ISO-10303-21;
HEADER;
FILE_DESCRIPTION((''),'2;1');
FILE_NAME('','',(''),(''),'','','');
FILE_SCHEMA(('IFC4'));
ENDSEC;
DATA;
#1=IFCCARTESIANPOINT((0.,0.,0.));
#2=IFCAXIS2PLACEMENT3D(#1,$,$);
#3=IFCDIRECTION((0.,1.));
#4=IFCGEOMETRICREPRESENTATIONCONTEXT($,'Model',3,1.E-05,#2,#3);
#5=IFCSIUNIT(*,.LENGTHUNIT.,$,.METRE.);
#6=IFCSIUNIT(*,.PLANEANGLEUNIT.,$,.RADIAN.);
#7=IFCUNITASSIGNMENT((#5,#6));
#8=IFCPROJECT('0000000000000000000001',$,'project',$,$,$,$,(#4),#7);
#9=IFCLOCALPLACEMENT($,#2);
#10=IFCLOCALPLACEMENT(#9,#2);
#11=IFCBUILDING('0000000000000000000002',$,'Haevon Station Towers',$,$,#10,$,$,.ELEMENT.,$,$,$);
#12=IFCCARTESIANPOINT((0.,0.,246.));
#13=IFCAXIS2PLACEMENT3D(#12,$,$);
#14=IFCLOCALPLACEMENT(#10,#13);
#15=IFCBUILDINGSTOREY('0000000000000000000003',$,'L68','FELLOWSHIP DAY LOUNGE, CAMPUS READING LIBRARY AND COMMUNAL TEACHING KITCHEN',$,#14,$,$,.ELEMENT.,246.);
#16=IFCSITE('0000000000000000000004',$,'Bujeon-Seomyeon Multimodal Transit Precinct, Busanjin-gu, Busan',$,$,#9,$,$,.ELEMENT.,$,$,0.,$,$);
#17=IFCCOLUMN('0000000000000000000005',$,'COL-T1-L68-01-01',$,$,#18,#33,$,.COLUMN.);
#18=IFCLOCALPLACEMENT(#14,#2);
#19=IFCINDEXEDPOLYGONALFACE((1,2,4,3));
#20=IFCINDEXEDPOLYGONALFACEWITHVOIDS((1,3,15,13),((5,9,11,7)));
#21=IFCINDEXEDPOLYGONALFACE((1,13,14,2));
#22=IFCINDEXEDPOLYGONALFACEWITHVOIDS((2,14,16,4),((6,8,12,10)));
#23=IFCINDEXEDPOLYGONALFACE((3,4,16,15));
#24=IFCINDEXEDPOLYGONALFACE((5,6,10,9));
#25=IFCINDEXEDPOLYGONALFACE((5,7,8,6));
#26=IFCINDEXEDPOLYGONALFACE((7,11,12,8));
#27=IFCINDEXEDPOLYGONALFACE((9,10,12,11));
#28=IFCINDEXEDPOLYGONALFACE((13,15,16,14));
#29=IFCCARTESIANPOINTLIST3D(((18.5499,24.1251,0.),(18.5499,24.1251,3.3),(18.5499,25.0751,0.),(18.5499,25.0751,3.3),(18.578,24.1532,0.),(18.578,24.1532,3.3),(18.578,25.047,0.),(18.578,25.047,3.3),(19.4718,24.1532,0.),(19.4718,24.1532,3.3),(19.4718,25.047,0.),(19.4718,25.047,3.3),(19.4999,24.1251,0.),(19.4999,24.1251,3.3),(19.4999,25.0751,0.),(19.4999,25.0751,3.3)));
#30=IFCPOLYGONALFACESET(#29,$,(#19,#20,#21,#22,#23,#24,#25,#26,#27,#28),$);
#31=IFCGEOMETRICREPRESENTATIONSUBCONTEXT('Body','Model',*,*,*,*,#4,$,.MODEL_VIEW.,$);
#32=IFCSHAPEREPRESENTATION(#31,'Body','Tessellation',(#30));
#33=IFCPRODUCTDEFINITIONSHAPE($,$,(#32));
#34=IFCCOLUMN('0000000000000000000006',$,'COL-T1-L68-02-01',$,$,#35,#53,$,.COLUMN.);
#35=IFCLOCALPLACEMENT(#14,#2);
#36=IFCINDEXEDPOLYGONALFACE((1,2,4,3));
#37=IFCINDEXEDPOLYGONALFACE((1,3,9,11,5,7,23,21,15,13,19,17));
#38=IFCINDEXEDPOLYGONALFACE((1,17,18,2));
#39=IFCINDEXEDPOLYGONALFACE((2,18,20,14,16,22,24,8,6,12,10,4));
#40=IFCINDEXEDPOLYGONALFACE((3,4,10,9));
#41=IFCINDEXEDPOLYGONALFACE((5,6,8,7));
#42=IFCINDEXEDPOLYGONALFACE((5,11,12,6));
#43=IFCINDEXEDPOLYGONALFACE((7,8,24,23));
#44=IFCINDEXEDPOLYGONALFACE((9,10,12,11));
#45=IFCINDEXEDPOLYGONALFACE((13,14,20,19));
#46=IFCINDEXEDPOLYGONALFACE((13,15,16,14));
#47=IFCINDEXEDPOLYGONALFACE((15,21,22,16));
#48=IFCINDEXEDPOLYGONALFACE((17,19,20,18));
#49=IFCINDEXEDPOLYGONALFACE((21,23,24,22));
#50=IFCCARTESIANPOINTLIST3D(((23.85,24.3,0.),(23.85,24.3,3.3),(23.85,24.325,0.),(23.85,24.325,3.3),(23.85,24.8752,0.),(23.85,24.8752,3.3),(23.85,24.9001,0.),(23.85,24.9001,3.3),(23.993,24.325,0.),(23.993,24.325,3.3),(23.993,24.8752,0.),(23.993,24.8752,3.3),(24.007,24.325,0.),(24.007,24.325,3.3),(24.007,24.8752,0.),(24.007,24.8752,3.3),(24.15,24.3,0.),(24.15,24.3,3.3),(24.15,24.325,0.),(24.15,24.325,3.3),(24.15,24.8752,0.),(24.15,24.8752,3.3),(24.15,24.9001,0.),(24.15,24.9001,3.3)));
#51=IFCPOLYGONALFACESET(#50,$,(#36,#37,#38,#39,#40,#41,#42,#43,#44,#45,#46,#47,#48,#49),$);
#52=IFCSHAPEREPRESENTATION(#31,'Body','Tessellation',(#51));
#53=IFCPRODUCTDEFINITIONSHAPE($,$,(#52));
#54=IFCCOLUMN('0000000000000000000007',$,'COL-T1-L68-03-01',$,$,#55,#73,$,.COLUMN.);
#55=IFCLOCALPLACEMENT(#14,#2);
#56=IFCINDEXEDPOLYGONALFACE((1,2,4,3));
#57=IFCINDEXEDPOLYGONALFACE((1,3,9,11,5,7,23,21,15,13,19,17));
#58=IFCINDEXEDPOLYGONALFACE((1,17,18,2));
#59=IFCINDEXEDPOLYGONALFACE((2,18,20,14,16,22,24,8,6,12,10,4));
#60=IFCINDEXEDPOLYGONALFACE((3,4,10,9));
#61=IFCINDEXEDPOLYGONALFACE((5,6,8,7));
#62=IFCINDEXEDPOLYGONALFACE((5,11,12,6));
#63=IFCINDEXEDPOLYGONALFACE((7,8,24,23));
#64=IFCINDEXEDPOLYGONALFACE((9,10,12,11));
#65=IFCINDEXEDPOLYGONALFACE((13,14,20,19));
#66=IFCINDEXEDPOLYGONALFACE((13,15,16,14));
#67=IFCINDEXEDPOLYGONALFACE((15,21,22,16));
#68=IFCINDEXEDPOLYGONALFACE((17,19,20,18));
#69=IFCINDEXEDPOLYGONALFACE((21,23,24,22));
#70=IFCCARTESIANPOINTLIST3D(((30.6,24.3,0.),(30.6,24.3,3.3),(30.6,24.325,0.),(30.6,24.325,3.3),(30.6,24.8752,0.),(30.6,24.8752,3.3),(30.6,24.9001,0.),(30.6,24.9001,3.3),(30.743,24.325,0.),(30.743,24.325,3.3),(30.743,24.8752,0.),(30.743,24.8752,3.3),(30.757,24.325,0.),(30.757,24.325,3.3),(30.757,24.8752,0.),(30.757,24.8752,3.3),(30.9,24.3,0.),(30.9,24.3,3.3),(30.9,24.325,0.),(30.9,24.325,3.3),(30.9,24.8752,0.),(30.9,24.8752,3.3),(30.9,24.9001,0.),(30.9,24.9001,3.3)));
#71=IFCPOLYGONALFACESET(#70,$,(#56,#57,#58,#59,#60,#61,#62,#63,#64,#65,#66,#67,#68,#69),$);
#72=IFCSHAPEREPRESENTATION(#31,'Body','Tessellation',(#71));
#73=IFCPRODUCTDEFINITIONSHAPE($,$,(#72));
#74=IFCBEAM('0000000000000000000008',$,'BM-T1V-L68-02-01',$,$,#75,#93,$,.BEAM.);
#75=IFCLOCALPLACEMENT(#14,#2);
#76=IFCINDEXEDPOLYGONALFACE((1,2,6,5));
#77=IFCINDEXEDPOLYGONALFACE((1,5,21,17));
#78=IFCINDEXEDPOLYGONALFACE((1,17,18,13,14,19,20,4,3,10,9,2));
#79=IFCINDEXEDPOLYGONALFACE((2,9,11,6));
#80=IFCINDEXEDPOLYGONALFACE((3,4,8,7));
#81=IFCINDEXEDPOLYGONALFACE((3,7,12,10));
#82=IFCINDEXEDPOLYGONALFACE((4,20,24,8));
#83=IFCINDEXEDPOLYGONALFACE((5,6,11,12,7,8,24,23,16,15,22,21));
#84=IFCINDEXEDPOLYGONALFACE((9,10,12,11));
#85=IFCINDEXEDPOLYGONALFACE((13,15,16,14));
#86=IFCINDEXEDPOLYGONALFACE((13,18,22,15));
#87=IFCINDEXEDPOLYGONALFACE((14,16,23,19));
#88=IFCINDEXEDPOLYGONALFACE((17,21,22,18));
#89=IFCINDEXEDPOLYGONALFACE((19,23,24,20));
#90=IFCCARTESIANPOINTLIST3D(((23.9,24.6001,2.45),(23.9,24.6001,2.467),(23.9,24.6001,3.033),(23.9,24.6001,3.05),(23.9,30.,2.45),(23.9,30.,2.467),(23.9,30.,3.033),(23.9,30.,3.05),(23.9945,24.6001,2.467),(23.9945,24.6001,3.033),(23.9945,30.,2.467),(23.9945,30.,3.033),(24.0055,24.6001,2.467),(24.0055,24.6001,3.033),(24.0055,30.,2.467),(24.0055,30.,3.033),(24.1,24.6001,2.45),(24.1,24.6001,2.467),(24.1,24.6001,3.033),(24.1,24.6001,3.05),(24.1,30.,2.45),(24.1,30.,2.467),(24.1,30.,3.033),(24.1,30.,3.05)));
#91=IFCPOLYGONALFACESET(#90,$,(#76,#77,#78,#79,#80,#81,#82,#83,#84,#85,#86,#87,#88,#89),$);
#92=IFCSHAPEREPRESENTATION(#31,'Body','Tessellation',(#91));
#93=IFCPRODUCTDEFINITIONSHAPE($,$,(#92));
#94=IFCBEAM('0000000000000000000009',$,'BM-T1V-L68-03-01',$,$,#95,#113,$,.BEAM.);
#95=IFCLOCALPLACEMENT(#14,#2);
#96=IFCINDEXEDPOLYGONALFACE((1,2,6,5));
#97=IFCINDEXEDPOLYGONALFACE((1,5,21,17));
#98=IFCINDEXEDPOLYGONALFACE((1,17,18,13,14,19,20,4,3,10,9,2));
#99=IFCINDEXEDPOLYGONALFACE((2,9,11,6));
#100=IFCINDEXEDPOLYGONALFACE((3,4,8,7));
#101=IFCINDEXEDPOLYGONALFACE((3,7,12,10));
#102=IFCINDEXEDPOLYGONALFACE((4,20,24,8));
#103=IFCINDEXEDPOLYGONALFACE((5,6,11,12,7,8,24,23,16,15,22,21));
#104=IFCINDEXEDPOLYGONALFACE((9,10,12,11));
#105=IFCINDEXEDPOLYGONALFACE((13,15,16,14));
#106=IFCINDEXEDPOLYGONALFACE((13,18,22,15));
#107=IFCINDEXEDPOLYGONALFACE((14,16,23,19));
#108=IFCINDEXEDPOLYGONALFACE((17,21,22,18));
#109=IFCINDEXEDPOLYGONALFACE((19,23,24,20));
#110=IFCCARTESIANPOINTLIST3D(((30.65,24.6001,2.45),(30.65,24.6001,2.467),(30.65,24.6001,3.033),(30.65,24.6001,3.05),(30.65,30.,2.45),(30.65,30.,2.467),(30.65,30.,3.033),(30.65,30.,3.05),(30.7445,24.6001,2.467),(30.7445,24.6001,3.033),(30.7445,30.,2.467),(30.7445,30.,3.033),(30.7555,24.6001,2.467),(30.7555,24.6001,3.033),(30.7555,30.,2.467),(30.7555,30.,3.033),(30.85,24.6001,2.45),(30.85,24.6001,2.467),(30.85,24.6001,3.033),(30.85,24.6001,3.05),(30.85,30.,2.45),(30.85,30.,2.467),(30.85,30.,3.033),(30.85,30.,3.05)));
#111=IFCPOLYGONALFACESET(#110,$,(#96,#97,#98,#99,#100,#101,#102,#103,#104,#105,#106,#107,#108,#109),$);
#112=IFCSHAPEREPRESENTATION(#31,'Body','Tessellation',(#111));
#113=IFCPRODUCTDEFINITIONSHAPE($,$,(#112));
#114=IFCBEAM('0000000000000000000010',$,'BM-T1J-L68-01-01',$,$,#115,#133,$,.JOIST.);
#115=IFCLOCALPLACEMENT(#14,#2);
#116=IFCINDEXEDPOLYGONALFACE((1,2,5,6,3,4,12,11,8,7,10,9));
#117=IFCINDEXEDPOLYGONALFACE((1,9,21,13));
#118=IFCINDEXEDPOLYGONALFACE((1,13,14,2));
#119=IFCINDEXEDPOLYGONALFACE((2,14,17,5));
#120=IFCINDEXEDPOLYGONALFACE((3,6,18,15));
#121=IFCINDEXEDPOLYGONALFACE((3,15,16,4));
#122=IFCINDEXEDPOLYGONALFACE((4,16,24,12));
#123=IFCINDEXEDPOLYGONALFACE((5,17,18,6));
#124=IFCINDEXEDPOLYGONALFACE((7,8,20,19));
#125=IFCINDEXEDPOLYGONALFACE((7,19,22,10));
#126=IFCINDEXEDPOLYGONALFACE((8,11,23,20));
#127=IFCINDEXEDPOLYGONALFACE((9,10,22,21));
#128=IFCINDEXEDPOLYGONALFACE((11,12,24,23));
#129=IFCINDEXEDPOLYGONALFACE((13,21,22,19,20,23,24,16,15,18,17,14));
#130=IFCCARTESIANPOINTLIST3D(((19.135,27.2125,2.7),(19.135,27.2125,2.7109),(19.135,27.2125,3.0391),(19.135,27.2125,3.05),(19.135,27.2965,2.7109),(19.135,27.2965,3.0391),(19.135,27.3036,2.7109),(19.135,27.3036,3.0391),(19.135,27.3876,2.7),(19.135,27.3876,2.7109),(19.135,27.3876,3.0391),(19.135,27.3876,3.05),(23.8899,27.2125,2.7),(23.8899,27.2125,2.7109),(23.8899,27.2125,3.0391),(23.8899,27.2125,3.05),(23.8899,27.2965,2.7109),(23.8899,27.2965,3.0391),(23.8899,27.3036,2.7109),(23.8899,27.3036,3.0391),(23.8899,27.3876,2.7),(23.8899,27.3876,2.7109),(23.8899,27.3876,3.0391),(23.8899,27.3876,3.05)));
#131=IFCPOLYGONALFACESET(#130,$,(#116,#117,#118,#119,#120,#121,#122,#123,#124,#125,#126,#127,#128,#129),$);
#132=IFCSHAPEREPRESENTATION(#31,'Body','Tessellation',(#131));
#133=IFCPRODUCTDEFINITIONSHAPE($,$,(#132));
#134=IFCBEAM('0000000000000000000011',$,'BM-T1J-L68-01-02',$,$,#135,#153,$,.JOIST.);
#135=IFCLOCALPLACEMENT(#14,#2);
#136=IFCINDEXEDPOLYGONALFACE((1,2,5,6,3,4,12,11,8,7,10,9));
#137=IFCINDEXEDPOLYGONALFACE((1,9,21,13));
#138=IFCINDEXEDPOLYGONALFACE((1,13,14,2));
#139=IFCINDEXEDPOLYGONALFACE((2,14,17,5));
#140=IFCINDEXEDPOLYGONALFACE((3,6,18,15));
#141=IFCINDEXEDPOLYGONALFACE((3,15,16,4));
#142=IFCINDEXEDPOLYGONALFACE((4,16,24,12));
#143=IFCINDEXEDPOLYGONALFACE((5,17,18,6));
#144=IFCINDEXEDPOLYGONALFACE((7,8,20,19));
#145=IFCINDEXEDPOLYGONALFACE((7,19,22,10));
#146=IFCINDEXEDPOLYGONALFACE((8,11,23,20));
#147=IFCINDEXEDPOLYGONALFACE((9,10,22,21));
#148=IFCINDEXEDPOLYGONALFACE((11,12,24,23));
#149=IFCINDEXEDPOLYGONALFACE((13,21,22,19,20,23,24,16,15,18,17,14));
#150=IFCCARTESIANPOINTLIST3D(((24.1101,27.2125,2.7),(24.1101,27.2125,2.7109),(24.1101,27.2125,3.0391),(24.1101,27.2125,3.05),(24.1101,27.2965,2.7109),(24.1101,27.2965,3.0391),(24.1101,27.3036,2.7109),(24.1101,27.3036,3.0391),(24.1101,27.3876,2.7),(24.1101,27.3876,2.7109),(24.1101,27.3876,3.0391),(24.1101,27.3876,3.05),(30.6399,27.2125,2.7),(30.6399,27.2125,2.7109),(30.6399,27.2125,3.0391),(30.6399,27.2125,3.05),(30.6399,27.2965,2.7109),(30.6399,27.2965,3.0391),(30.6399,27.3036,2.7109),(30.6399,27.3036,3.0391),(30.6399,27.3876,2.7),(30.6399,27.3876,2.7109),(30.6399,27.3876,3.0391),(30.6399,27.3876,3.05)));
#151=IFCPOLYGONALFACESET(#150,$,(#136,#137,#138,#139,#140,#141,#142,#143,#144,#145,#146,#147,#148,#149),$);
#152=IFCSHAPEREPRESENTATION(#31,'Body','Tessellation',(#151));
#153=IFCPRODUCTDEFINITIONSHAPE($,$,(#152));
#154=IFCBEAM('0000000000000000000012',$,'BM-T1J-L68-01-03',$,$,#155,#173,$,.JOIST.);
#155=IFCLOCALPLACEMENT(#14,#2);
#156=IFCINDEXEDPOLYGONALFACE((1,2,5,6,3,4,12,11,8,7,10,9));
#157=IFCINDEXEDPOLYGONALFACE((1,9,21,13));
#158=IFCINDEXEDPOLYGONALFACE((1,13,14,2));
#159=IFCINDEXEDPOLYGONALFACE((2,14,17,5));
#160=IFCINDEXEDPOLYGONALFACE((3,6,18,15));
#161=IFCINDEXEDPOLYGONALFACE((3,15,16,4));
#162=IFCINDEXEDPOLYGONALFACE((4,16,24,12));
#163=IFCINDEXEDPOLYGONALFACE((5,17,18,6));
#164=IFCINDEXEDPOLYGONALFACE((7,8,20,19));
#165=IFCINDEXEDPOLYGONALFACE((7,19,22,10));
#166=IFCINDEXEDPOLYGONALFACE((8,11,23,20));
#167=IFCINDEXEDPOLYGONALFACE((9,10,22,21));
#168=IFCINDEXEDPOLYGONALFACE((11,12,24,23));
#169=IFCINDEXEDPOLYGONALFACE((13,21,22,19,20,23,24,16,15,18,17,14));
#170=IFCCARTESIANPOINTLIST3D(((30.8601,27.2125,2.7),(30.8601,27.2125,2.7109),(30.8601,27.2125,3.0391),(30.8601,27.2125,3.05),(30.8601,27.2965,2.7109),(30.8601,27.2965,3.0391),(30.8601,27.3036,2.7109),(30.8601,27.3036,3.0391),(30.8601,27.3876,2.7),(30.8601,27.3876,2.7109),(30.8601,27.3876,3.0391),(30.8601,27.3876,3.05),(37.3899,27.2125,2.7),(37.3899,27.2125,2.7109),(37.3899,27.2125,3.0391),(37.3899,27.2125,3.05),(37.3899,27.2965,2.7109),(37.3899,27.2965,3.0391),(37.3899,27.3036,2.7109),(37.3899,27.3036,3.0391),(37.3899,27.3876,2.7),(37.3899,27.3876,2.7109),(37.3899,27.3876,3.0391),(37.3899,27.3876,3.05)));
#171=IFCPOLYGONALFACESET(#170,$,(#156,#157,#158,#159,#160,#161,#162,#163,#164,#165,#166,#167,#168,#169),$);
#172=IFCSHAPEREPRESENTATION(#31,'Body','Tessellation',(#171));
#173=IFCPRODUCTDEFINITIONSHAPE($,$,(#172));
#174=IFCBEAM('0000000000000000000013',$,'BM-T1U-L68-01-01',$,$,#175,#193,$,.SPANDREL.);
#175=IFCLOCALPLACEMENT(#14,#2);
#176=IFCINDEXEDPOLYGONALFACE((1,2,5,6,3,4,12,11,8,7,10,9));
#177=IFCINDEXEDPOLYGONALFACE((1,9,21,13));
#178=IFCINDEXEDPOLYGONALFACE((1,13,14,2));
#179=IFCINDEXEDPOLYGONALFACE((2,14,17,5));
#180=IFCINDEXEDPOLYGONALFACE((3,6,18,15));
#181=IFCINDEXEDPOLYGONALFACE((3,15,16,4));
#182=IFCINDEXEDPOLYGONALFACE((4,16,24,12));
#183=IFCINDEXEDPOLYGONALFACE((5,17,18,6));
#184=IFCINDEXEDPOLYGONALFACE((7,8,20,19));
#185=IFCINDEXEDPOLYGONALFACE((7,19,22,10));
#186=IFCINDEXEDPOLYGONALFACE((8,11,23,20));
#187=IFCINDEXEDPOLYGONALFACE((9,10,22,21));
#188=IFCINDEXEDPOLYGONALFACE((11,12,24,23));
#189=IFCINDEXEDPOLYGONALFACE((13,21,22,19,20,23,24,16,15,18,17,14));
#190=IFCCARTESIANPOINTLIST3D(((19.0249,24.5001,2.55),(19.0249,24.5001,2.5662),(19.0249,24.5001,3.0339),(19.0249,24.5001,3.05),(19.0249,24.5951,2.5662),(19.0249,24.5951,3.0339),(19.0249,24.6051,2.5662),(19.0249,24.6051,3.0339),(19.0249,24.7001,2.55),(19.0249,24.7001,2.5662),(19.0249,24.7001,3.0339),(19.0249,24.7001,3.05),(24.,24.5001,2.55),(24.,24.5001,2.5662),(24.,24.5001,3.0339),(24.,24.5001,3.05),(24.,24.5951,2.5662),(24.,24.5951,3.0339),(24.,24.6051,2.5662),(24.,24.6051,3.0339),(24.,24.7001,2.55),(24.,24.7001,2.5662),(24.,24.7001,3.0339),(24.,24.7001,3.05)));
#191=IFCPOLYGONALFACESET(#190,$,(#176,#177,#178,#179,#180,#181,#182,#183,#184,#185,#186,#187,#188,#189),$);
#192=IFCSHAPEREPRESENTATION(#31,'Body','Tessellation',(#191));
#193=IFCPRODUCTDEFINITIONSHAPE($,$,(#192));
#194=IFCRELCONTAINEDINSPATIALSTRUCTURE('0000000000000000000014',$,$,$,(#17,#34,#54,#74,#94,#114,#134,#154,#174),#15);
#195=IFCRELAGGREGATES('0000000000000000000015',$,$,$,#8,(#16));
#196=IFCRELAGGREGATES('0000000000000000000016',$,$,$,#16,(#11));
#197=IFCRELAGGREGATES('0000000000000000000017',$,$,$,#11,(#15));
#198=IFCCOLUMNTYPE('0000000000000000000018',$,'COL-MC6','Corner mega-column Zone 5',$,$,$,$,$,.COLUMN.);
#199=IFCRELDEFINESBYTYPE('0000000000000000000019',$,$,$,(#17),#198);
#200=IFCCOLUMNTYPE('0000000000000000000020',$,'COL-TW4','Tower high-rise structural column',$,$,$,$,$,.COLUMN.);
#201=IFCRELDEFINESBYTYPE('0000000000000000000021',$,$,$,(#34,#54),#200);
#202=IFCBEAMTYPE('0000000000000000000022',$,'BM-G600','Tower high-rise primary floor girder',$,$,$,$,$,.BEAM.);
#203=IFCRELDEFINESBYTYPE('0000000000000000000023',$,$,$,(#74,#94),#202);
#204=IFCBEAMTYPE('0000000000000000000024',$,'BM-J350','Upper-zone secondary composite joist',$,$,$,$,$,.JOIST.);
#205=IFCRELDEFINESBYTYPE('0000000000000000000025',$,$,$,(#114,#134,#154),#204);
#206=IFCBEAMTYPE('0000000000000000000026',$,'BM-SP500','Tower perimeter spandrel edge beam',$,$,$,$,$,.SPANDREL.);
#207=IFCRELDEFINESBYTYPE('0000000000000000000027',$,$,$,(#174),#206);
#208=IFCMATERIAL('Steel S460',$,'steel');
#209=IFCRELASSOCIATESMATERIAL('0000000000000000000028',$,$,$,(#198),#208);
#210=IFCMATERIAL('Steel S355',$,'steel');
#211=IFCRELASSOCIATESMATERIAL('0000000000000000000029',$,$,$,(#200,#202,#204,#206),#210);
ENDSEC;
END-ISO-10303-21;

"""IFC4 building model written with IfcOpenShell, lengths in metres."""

from ifc_helpers import new_model, si_unit, direction, frame, origin, origin_2d, place, context, subcontext, project, spatial, hollow_rectangle, i_section, extrude, material, material_profile, profile_set, type_object, element, save


model = new_model("IFC4")

# Units and contexts
model_context = context("Model", 3, precision=1e-05, world=origin(), true_north=direction((0.0, 1.0)))
body_context = subcontext(model_context, "Body", "Model", "MODEL_VIEW")
ifc_project = project(units=[si_unit("LENGTHUNIT", "METRE"), si_unit("PLANEANGLEUNIT", "RADIAN")], contexts=[model_context])

# Site, building, storey
site_placement = place(None, origin())
site = spatial("IfcSite", under=ifc_project, at=site_placement, Name="Bujeon-Seomyeon Multimodal Transit Precinct, Busanjin-gu, Busan", CompositionType="ELEMENT", RefElevation=0.0)
building_placement = place(site_placement, origin())
building = spatial("IfcBuilding", under=site, at=building_placement, Name="Haevon Station Towers", CompositionType="ELEMENT")
storey_placement = place(building_placement, frame((0.0, 0.0, 246.0)))
storey = spatial("IfcBuildingStorey", under=building, at=storey_placement, Name="L68", Description="FELLOWSHIP DAY LOUNGE, CAMPUS READING LIBRARY AND COMMUNAL TEACHING KITCHEN", CompositionType="ELEMENT", Elevation=246.0)

# Columns
ifc_material_1 = material(Name="Steel S460", Category="steel")
ifc_material_profile_1 = material_profile(ifc_material_1, hollow_rectangle(XDim=0.95, YDim=0.95, WallThickness=0.0281, at=origin_2d()), Name="BOX-950x950x28")
ifc_profile_set_1 = profile_set([ifc_material_profile_1], Name="Steel S460")
column_type_1 = type_object("IfcColumnType", Name="COL-MC6", Description="Corner mega-column Zone 5", PredefinedType="COLUMN", material=ifc_profile_set_1)
column_placement = place(storey_placement, frame((19.0249, 24.6001, 0.0), z_axis=(0.0, 0.0, 1.0), x_axis=(1.0, 0.0, 0.0)))
element("IfcColumn", 1, at=column_placement, inside=storey, type_object=column_type_1, Name="COL-T1-L68-01-01", PredefinedType="COLUMN", context=body_context, shape_type="SweptSolid", body=[
    extrude(hollow_rectangle(XDim=0.95, YDim=0.95, WallThickness=0.0281, at=origin_2d()), origin(), (0.0, 0.0, 1.0), 3.3),
])
ifc_material_2 = material(Name="Steel S355", Category="steel")
ifc_material_profile_2 = material_profile(ifc_material_2, i_section(OverallWidth=0.3, OverallDepth=0.6001, WebThickness=0.0139, FlangeThickness=0.0249, at=origin_2d()), Name="H-600x300x14x25")
ifc_profile_set_2 = profile_set([ifc_material_profile_2], Name="Steel S355")
column_type_2 = type_object("IfcColumnType", Name="COL-TW4", Description="Tower high-rise structural column", PredefinedType="COLUMN", material=ifc_profile_set_2)
for number, where, z_axis, x_axis, name in (
    (2, (24.0, 24.6001, 0.0), (0.0, 0.0, 1.0), (1.0, 0.0, 0.0), "COL-T1-L68-02-01"),
    (3, (30.75, 24.6001, 0.0), (0.0, 0.0, 1.0), (1.0, 0.0, 0.0), "COL-T1-L68-03-01"),
):
    element("IfcColumn", number, at=place(storey_placement, frame(where, z_axis=z_axis, x_axis=x_axis)), inside=storey, type_object=column_type_2, Name=name, PredefinedType="COLUMN", context=body_context, shape_type="SweptSolid", body=[
        extrude(i_section(OverallWidth=0.3, OverallDepth=0.6001, WebThickness=0.0139, FlangeThickness=0.0249, at=origin_2d()), origin(), (0.0, 0.0, 1.0), 3.3),
    ])

# Beams
ifc_material_profile_3 = material_profile(ifc_material_2, i_section(OverallWidth=0.2, OverallDepth=0.6001, WebThickness=0.011, FlangeThickness=0.0171, at=origin_2d()), Name="H-600x200x11x17")
ifc_profile_set_3 = profile_set([ifc_material_profile_3], Name="Steel S355")
beam_type_1 = type_object("IfcBeamType", Name="BM-G600", Description="Tower high-rise primary floor girder", PredefinedType="BEAM", material=ifc_profile_set_3)
for number, where, z_axis, x_axis, name in (
    (4, (24.0, 24.6001, 2.75), (0.0, 1.0, 0.0), (-1.0, 0.0, 0.0), "BM-T1V-L68-02-01"),
    (5, (30.75, 24.6001, 2.75), (0.0, 1.0, 0.0), (-1.0, 0.0, 0.0), "BM-T1V-L68-03-01"),
):
    element("IfcBeam", number, at=place(storey_placement, frame(where, z_axis=z_axis, x_axis=x_axis)), inside=storey, type_object=beam_type_1, Name=name, PredefinedType="BEAM", context=body_context, shape_type="SweptSolid", body=[
        extrude(i_section(OverallWidth=0.2, OverallDepth=0.6001, WebThickness=0.011, FlangeThickness=0.0171, at=origin_2d()), origin(), (0.0, 0.0, 1.0), 5.3999),
    ])
ifc_material_profile_4 = material_profile(ifc_material_2, i_section(OverallWidth=0.175, OverallDepth=0.3501, WebThickness=0.0071, FlangeThickness=0.011, at=origin_2d()), Name="H-350x175x7x11")
ifc_profile_set_4 = profile_set([ifc_material_profile_4], Name="Steel S355")
beam_type_2 = type_object("IfcBeamType", Name="BM-J350", Description="Upper-zone secondary composite joist", PredefinedType="JOIST", material=ifc_profile_set_4)
beam_1_placement = place(storey_placement, frame((19.135, 27.3, 2.875), z_axis=(1.0, 0.0, 0.0), x_axis=(0.0, 1.0, 0.0)))
element("IfcBeam", 6, at=beam_1_placement, inside=storey, type_object=beam_type_2, Name="BM-T1J-L68-01-01", PredefinedType="JOIST", context=body_context, shape_type="SweptSolid", body=[
    extrude(i_section(OverallWidth=0.175, OverallDepth=0.3501, WebThickness=0.0071, FlangeThickness=0.011, at=origin_2d()), origin(), (0.0, 0.0, 1.0), 4.7549),
])
for number, where, z_axis, x_axis, name in (
    (7, (24.1101, 27.3, 2.875), (1.0, 0.0, 0.0), (0.0, 1.0, 0.0), "BM-T1J-L68-01-02"),
    (8, (30.8601, 27.3, 2.875), (1.0, 0.0, 0.0), (0.0, 1.0, 0.0), "BM-T1J-L68-01-03"),
):
    element("IfcBeam", number, at=place(storey_placement, frame(where, z_axis=z_axis, x_axis=x_axis)), inside=storey, type_object=beam_type_2, Name=name, PredefinedType="JOIST", context=body_context, shape_type="SweptSolid", body=[
        extrude(i_section(OverallWidth=0.175, OverallDepth=0.3501, WebThickness=0.0071, FlangeThickness=0.011, at=origin_2d()), origin(), (0.0, 0.0, 1.0), 6.5298),
    ])
ifc_material_profile_5 = material_profile(ifc_material_2, i_section(OverallWidth=0.2, OverallDepth=0.5, WebThickness=0.01, FlangeThickness=0.0161, at=origin_2d()), Name="H-500x200x10x16")
ifc_profile_set_5 = profile_set([ifc_material_profile_5], Name="Steel S355")
beam_type_3 = type_object("IfcBeamType", Name="BM-SP500", Description="Tower perimeter spandrel edge beam", PredefinedType="SPANDREL", material=ifc_profile_set_5)
beam_2_placement = place(storey_placement, frame((19.0249, 24.6001, 2.8), z_axis=(1.0, 0.0, 0.0), x_axis=(0.0, 1.0, 0.0)))
element("IfcBeam", 9, at=beam_2_placement, inside=storey, type_object=beam_type_3, Name="BM-T1U-L68-01-01", PredefinedType="SPANDREL", context=body_context, shape_type="SweptSolid", body=[
    extrude(i_section(OverallWidth=0.2, OverallDepth=0.5, WebThickness=0.01, FlangeThickness=0.0161, at=origin_2d()), origin(), (0.0, 0.0, 1.0), 4.9751),
])

save(model, "model.ifc")
